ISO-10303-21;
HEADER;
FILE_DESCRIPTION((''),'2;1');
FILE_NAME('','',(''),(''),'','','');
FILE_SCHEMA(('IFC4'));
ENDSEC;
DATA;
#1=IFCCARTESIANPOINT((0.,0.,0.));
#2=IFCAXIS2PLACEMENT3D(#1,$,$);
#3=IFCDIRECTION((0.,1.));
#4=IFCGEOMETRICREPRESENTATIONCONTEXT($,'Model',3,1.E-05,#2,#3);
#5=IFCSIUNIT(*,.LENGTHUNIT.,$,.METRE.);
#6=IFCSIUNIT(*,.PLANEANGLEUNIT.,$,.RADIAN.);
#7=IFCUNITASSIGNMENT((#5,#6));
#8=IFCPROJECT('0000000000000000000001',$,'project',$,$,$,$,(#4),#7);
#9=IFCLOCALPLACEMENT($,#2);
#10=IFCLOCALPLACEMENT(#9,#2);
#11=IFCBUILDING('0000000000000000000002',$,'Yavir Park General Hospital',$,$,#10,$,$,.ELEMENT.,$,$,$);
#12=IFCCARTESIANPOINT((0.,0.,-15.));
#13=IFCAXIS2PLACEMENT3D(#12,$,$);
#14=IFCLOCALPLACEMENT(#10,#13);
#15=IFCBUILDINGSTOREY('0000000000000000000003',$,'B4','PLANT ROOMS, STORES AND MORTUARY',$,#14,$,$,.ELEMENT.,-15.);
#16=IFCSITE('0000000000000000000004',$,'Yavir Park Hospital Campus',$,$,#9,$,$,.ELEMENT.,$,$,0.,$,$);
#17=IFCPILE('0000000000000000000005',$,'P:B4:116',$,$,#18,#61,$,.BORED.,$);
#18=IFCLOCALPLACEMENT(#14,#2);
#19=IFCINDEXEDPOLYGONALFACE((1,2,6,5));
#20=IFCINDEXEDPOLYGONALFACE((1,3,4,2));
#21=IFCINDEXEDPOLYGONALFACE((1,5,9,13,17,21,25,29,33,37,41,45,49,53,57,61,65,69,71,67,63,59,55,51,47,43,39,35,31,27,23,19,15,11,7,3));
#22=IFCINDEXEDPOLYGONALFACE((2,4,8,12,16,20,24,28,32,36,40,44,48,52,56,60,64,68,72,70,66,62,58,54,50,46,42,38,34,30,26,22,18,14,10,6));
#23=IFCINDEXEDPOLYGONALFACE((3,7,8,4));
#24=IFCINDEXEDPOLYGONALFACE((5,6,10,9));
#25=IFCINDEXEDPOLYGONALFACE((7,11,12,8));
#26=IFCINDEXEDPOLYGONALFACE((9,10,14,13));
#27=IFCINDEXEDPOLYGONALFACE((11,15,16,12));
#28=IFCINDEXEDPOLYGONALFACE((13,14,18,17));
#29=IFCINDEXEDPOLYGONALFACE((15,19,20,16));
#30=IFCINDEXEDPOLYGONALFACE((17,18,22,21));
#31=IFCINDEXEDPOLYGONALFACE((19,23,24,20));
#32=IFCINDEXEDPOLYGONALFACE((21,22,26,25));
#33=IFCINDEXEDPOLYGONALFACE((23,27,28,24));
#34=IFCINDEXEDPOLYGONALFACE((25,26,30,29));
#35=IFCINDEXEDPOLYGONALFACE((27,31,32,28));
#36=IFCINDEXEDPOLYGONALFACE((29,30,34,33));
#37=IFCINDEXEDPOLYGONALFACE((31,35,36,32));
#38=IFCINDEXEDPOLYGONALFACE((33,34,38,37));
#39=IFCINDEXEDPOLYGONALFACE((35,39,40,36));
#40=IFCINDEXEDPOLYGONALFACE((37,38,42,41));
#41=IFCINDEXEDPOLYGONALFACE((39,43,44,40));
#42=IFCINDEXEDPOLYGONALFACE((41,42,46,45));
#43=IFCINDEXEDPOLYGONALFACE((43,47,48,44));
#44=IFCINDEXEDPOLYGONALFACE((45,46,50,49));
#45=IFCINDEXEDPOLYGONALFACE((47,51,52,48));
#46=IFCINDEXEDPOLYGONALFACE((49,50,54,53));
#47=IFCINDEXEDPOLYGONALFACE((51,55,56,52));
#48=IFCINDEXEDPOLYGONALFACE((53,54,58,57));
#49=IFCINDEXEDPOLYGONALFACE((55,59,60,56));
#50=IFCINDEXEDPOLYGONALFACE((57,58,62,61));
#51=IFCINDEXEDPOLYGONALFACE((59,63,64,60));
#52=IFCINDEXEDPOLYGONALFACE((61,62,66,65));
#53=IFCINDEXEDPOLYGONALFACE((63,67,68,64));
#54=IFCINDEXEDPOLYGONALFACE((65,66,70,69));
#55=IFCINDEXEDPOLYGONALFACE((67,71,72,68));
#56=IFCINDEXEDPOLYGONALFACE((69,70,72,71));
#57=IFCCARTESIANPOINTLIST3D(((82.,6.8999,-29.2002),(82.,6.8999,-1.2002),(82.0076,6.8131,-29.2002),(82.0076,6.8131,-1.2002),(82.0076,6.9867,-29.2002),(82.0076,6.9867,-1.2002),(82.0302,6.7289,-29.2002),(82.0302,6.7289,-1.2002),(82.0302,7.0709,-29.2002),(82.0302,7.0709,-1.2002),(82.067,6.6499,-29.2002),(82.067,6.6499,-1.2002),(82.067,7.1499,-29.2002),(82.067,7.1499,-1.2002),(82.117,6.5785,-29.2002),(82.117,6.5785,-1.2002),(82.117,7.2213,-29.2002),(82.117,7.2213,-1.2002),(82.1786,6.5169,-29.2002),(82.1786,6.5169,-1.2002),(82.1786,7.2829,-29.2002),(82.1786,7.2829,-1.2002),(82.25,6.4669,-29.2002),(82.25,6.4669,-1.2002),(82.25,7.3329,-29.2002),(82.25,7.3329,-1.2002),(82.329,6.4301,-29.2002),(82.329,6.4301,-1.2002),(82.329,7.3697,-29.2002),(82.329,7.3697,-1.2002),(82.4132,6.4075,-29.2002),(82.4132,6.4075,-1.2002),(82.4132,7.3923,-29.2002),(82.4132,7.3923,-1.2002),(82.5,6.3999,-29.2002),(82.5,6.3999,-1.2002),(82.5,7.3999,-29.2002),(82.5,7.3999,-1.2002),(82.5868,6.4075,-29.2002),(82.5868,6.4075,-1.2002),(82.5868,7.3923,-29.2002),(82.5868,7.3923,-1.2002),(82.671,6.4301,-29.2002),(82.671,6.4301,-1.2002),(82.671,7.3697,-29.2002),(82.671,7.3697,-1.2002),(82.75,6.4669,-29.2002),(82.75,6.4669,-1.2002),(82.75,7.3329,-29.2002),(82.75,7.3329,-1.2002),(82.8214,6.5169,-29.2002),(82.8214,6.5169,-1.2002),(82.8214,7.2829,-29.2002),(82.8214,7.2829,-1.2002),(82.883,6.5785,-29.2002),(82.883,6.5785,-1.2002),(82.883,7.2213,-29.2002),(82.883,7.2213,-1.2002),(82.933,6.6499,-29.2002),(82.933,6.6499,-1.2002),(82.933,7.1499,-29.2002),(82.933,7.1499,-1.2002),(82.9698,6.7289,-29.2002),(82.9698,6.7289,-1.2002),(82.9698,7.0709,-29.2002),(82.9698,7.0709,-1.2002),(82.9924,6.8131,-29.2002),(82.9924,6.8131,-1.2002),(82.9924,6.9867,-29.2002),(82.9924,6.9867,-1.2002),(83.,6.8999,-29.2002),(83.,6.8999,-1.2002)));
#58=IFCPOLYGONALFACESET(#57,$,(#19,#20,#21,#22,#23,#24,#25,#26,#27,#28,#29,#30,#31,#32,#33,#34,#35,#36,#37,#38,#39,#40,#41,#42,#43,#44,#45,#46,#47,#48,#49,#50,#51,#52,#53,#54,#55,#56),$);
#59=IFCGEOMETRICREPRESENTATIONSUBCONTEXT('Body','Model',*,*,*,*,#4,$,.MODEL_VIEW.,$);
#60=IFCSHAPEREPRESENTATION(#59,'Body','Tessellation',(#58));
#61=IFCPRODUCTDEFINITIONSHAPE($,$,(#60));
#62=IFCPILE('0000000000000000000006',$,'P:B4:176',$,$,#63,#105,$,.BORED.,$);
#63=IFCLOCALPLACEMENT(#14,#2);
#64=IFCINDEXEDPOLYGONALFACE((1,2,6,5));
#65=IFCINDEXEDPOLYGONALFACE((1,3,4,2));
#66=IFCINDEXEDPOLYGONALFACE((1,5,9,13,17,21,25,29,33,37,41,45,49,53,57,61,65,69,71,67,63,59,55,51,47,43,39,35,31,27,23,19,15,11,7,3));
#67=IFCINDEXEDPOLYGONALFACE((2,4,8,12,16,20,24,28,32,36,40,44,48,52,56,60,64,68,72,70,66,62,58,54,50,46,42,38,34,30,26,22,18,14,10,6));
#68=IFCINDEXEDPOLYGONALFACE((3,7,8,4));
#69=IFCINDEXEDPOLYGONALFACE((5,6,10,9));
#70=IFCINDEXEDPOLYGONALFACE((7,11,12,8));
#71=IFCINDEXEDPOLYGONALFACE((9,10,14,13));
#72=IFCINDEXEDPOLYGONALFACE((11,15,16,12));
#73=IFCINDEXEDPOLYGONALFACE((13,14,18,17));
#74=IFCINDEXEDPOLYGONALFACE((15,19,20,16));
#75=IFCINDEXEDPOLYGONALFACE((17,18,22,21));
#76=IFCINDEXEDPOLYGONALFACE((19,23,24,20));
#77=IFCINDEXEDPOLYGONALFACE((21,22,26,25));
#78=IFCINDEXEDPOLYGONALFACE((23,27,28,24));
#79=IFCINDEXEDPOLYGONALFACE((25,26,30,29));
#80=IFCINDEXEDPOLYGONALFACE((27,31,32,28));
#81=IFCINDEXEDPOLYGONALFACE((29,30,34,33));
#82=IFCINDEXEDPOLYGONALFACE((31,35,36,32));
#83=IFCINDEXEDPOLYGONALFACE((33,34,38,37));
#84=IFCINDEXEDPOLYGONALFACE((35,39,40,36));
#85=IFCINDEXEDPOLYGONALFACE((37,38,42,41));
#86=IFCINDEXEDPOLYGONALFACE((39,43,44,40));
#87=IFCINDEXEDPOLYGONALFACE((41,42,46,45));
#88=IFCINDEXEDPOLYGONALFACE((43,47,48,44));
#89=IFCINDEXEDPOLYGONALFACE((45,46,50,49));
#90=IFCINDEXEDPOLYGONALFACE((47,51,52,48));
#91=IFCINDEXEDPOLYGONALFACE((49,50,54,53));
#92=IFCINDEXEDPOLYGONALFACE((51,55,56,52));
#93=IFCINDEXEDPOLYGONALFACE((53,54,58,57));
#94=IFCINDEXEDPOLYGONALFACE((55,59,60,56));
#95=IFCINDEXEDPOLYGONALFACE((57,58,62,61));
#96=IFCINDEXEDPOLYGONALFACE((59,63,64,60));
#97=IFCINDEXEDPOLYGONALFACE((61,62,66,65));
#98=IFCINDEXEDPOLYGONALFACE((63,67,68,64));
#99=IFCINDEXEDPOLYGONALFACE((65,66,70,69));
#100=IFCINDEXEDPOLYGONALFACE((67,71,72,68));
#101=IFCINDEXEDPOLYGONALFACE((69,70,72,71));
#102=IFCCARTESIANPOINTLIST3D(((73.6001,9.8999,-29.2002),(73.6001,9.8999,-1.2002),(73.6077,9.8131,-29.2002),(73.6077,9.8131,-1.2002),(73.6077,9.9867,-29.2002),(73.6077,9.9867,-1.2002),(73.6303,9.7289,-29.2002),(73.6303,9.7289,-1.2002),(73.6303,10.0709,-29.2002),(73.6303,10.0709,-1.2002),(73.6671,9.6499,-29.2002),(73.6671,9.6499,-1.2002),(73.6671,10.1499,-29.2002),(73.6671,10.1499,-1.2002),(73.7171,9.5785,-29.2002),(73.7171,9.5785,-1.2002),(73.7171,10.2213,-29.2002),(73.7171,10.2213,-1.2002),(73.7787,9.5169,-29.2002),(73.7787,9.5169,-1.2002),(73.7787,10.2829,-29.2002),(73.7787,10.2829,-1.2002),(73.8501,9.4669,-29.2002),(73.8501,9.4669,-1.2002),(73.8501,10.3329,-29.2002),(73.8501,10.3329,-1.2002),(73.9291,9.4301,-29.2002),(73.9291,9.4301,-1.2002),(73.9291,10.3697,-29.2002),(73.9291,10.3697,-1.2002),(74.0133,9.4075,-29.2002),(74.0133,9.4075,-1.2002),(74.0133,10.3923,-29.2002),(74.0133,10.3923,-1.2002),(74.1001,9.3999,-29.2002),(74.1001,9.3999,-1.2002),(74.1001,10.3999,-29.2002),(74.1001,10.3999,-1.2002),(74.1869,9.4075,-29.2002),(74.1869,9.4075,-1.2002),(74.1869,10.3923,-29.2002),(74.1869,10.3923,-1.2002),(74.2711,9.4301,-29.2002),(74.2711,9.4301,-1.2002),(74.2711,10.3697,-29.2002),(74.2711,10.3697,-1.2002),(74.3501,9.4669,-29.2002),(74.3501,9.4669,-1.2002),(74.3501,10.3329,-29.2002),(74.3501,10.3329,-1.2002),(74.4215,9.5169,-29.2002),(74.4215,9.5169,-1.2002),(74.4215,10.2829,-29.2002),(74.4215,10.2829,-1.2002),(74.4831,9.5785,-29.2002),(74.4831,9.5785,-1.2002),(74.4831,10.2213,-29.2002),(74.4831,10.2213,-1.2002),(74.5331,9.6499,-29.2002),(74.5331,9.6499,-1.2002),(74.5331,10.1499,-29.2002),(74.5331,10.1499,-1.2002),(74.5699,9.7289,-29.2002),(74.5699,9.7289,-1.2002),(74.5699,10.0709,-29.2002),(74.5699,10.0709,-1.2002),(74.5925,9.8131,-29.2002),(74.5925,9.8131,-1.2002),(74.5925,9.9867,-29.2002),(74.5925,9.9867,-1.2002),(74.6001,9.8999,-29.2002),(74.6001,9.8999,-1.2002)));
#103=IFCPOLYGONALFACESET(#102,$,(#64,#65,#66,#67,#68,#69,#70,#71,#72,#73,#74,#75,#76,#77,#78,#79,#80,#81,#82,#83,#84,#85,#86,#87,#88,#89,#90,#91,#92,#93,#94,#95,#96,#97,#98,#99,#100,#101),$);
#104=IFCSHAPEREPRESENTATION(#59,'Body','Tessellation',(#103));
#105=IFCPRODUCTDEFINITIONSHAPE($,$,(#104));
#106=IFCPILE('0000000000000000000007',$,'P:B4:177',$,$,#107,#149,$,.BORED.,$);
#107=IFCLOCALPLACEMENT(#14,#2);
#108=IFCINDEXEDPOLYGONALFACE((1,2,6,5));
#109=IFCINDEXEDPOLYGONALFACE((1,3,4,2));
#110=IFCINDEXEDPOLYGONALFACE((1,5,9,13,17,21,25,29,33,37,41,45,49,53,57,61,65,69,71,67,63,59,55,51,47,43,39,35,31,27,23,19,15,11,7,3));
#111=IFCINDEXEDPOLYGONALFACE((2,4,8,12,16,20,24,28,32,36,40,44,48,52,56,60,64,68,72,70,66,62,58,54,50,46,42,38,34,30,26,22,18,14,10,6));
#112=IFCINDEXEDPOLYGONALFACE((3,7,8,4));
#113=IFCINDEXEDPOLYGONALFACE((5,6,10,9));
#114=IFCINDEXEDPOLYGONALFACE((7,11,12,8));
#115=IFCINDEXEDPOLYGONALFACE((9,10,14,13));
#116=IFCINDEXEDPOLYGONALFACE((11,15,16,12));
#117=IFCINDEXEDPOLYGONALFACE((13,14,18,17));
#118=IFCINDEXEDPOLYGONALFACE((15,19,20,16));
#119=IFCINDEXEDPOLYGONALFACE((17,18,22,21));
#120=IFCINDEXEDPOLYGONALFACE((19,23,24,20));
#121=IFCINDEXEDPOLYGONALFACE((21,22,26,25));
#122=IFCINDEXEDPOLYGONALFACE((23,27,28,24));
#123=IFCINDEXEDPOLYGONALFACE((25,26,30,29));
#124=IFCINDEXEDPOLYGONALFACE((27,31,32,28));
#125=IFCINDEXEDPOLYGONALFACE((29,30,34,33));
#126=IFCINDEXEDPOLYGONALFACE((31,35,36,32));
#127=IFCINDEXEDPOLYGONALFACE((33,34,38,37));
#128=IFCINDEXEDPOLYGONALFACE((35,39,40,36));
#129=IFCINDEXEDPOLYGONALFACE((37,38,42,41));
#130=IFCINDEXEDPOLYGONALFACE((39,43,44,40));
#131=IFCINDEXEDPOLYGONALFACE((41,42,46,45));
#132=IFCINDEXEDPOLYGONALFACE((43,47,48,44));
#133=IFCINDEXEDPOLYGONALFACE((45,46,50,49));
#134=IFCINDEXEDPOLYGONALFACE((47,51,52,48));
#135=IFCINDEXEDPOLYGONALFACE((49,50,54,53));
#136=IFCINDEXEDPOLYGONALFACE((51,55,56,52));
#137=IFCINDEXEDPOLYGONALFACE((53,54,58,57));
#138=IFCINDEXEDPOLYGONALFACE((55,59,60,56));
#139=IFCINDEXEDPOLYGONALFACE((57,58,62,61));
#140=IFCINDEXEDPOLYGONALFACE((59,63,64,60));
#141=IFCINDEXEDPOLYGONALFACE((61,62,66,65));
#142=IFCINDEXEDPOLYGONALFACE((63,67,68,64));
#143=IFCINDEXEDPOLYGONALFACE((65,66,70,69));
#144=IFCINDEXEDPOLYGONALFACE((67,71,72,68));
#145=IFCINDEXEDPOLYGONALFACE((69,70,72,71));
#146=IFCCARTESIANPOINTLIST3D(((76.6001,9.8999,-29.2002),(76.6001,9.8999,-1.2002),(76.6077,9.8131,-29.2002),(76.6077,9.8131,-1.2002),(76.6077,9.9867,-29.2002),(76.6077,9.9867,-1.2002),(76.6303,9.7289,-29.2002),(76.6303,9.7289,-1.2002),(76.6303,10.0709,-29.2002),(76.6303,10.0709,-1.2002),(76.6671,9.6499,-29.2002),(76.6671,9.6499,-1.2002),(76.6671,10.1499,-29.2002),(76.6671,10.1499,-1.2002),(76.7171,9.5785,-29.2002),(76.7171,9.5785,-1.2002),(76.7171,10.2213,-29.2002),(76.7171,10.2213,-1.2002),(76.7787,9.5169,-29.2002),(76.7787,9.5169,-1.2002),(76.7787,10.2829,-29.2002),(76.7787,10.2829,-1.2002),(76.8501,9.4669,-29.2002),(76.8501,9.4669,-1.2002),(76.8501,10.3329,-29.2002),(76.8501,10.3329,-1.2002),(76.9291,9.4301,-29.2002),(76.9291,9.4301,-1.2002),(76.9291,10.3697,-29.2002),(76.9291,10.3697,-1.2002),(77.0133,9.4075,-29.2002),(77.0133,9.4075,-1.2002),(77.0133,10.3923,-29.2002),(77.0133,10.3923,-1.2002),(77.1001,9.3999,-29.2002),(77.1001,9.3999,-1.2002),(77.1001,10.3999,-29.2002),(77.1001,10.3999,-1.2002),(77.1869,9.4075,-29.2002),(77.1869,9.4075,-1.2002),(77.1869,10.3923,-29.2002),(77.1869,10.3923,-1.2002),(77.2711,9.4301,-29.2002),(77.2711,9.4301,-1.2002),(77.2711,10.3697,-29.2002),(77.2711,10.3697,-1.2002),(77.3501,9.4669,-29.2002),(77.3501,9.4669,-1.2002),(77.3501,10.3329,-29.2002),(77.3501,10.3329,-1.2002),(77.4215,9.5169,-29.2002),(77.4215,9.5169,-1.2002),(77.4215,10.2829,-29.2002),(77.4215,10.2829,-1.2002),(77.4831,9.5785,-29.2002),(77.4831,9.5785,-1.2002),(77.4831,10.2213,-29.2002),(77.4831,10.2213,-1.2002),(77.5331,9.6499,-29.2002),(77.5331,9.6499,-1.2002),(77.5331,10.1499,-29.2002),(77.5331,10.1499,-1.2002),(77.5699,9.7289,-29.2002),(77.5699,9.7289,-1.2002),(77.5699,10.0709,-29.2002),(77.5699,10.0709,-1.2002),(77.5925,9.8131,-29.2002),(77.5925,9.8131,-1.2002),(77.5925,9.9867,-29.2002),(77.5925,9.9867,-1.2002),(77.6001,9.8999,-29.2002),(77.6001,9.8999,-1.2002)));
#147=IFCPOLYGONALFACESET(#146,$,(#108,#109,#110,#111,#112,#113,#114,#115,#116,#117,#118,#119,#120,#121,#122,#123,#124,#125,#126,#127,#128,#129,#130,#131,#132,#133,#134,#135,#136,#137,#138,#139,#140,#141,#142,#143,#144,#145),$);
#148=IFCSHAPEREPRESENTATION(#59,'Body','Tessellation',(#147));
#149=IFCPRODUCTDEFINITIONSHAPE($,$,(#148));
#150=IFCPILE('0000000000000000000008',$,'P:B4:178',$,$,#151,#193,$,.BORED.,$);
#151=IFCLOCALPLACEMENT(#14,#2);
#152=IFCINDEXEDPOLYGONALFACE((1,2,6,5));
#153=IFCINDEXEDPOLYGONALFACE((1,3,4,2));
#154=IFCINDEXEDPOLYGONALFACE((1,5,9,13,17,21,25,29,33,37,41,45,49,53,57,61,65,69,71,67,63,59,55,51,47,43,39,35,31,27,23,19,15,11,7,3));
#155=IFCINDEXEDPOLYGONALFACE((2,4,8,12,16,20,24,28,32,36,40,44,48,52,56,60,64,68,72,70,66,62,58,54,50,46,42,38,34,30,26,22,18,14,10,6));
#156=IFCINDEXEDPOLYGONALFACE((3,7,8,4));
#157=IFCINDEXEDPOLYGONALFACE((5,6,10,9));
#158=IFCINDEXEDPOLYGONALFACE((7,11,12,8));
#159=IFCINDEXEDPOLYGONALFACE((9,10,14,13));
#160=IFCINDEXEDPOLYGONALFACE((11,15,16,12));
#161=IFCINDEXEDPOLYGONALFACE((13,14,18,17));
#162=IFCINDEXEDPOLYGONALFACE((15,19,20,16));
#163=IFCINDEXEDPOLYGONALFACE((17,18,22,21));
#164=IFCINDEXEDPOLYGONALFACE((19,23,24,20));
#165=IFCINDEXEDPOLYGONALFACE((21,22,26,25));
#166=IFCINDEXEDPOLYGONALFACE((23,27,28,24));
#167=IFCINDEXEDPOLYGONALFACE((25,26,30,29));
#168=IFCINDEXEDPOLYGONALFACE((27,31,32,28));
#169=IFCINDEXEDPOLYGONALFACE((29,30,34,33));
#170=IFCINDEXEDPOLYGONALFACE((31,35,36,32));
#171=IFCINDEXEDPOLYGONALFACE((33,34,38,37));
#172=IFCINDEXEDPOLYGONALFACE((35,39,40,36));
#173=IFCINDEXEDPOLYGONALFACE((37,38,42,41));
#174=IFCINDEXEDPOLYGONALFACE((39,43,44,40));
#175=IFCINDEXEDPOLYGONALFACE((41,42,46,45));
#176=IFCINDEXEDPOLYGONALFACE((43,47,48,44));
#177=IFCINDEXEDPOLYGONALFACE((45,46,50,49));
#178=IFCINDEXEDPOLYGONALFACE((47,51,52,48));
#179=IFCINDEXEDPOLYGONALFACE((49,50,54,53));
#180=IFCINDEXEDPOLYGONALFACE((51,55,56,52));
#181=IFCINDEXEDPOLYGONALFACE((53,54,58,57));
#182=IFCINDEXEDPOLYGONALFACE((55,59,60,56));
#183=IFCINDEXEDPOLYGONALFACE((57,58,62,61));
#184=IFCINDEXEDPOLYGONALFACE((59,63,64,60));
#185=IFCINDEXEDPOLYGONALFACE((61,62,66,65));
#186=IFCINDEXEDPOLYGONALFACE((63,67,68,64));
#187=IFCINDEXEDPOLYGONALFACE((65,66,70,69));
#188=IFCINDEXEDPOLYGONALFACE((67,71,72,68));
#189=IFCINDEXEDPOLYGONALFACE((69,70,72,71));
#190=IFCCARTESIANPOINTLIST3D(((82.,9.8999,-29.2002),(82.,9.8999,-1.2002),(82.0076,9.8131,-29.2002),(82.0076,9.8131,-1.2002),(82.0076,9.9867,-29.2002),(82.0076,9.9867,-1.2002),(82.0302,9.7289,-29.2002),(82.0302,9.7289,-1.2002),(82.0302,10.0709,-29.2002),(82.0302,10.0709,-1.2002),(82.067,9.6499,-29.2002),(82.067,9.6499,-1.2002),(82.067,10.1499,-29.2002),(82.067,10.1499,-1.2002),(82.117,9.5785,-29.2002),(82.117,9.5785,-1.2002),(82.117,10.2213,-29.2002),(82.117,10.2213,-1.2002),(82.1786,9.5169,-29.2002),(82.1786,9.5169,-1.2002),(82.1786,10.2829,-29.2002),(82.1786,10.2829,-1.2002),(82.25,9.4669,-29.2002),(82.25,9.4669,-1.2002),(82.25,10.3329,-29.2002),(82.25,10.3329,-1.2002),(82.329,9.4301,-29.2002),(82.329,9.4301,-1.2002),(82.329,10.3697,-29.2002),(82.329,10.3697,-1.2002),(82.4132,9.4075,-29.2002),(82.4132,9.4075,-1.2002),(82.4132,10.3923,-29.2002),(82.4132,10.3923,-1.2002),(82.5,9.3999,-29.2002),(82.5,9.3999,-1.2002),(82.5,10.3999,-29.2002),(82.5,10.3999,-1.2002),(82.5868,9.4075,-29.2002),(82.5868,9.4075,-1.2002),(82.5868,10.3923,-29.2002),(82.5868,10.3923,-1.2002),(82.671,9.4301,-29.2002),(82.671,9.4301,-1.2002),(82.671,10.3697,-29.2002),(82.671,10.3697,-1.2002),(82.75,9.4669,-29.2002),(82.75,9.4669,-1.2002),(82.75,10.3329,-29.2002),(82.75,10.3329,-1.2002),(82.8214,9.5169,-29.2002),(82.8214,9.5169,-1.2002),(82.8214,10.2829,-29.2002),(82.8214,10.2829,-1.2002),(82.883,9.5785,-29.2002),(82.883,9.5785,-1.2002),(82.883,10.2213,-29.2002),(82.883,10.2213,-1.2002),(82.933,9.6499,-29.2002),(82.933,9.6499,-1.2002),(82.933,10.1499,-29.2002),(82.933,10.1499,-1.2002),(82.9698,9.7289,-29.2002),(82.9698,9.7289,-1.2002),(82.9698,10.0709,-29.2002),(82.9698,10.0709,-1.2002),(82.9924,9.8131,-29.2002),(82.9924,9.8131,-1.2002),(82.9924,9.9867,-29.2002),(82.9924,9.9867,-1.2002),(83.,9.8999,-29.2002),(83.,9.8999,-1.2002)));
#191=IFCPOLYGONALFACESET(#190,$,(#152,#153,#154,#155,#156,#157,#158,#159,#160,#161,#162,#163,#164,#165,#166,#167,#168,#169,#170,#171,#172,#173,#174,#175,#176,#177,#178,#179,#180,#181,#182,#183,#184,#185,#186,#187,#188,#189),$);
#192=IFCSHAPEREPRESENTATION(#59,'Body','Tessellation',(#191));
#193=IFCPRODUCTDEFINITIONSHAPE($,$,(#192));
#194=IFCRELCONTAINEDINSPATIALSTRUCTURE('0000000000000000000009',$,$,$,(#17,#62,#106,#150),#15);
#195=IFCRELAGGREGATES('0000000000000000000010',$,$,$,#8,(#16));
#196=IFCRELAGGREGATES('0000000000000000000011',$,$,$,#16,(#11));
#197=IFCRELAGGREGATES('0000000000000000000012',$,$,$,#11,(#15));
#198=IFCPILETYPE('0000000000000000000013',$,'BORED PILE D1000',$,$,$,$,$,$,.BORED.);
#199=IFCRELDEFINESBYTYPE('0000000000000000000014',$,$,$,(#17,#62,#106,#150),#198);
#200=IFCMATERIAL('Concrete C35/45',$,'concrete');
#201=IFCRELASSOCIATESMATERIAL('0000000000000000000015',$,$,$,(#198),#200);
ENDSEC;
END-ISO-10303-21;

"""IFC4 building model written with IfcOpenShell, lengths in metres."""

from ifc_helpers import new_model, si_unit, direction, frame, origin, origin_2d, place, context, subcontext, project, spatial, circle, extrude, material, material_profile, profile_set, type_object, element, save


model = new_model("IFC4")

# Units and contexts
model_context = context("Model", 3, precision=1e-05, world=origin(), true_north=direction((0.0, 1.0)))
body_context = subcontext(model_context, "Body", "Model", "MODEL_VIEW")
ifc_project = project(units=[si_unit("LENGTHUNIT", "METRE"), si_unit("PLANEANGLEUNIT", "RADIAN")], contexts=[model_context])

# Site, building, storey
site_placement = place(None, origin())
site = spatial("IfcSite", under=ifc_project, at=site_placement, Name="Yavir Park Hospital Campus", CompositionType="ELEMENT", RefElevation=0.0)
building_placement = place(site_placement, origin())
building = spatial("IfcBuilding", under=site, at=building_placement, Name="Yavir Park General Hospital", CompositionType="ELEMENT")
storey_placement = place(building_placement, frame((0.0, 0.0, -15.0)))
storey = spatial("IfcBuildingStorey", under=building, at=storey_placement, Name="B4", Description="PLANT ROOMS, STORES AND MORTUARY", CompositionType="ELEMENT", Elevation=-15.0)

# Piles
ifc_material_1 = material(Name="Concrete C35/45", Category="concrete")
ifc_material_profile_1 = material_profile(ifc_material_1, circle(Radius=0.5, at=origin_2d()), Name="D1000")
ifc_profile_set_1 = profile_set([ifc_material_profile_1], Name="Concrete C35/45")
pile_type_1 = type_object("IfcPileType", Name="BORED PILE D1000", PredefinedType="BORED", material=ifc_profile_set_1)
for number, where, z_axis, x_axis, name in (
    (1, (82.5, 6.8999, -1.2002), (0.0, 0.0, -1.0), (1.0, 0.0, 0.0), "P:B4:116"),
    (2, (74.1001, 9.8999, -1.2002), (0.0, 0.0, -1.0), (1.0, 0.0, 0.0), "P:B4:176"),
    (3, (77.1001, 9.8999, -1.2002), (0.0, 0.0, -1.0), (1.0, 0.0, 0.0), "P:B4:177"),
    (4, (82.5, 9.8999, -1.2002), (0.0, 0.0, -1.0), (1.0, 0.0, 0.0), "P:B4:178"),
):
    element("IfcPile", number, at=place(storey_placement, frame(where, z_axis=z_axis, x_axis=x_axis)), inside=storey, type_object=pile_type_1, Name=name, PredefinedType="BORED", context=body_context, shape_type="SweptSolid", body=[
        extrude(circle(Radius=0.5, at=origin_2d()), origin(), (0.0, 0.0, 1.0), 28.0),
    ])

save(model, "model.ifc")
